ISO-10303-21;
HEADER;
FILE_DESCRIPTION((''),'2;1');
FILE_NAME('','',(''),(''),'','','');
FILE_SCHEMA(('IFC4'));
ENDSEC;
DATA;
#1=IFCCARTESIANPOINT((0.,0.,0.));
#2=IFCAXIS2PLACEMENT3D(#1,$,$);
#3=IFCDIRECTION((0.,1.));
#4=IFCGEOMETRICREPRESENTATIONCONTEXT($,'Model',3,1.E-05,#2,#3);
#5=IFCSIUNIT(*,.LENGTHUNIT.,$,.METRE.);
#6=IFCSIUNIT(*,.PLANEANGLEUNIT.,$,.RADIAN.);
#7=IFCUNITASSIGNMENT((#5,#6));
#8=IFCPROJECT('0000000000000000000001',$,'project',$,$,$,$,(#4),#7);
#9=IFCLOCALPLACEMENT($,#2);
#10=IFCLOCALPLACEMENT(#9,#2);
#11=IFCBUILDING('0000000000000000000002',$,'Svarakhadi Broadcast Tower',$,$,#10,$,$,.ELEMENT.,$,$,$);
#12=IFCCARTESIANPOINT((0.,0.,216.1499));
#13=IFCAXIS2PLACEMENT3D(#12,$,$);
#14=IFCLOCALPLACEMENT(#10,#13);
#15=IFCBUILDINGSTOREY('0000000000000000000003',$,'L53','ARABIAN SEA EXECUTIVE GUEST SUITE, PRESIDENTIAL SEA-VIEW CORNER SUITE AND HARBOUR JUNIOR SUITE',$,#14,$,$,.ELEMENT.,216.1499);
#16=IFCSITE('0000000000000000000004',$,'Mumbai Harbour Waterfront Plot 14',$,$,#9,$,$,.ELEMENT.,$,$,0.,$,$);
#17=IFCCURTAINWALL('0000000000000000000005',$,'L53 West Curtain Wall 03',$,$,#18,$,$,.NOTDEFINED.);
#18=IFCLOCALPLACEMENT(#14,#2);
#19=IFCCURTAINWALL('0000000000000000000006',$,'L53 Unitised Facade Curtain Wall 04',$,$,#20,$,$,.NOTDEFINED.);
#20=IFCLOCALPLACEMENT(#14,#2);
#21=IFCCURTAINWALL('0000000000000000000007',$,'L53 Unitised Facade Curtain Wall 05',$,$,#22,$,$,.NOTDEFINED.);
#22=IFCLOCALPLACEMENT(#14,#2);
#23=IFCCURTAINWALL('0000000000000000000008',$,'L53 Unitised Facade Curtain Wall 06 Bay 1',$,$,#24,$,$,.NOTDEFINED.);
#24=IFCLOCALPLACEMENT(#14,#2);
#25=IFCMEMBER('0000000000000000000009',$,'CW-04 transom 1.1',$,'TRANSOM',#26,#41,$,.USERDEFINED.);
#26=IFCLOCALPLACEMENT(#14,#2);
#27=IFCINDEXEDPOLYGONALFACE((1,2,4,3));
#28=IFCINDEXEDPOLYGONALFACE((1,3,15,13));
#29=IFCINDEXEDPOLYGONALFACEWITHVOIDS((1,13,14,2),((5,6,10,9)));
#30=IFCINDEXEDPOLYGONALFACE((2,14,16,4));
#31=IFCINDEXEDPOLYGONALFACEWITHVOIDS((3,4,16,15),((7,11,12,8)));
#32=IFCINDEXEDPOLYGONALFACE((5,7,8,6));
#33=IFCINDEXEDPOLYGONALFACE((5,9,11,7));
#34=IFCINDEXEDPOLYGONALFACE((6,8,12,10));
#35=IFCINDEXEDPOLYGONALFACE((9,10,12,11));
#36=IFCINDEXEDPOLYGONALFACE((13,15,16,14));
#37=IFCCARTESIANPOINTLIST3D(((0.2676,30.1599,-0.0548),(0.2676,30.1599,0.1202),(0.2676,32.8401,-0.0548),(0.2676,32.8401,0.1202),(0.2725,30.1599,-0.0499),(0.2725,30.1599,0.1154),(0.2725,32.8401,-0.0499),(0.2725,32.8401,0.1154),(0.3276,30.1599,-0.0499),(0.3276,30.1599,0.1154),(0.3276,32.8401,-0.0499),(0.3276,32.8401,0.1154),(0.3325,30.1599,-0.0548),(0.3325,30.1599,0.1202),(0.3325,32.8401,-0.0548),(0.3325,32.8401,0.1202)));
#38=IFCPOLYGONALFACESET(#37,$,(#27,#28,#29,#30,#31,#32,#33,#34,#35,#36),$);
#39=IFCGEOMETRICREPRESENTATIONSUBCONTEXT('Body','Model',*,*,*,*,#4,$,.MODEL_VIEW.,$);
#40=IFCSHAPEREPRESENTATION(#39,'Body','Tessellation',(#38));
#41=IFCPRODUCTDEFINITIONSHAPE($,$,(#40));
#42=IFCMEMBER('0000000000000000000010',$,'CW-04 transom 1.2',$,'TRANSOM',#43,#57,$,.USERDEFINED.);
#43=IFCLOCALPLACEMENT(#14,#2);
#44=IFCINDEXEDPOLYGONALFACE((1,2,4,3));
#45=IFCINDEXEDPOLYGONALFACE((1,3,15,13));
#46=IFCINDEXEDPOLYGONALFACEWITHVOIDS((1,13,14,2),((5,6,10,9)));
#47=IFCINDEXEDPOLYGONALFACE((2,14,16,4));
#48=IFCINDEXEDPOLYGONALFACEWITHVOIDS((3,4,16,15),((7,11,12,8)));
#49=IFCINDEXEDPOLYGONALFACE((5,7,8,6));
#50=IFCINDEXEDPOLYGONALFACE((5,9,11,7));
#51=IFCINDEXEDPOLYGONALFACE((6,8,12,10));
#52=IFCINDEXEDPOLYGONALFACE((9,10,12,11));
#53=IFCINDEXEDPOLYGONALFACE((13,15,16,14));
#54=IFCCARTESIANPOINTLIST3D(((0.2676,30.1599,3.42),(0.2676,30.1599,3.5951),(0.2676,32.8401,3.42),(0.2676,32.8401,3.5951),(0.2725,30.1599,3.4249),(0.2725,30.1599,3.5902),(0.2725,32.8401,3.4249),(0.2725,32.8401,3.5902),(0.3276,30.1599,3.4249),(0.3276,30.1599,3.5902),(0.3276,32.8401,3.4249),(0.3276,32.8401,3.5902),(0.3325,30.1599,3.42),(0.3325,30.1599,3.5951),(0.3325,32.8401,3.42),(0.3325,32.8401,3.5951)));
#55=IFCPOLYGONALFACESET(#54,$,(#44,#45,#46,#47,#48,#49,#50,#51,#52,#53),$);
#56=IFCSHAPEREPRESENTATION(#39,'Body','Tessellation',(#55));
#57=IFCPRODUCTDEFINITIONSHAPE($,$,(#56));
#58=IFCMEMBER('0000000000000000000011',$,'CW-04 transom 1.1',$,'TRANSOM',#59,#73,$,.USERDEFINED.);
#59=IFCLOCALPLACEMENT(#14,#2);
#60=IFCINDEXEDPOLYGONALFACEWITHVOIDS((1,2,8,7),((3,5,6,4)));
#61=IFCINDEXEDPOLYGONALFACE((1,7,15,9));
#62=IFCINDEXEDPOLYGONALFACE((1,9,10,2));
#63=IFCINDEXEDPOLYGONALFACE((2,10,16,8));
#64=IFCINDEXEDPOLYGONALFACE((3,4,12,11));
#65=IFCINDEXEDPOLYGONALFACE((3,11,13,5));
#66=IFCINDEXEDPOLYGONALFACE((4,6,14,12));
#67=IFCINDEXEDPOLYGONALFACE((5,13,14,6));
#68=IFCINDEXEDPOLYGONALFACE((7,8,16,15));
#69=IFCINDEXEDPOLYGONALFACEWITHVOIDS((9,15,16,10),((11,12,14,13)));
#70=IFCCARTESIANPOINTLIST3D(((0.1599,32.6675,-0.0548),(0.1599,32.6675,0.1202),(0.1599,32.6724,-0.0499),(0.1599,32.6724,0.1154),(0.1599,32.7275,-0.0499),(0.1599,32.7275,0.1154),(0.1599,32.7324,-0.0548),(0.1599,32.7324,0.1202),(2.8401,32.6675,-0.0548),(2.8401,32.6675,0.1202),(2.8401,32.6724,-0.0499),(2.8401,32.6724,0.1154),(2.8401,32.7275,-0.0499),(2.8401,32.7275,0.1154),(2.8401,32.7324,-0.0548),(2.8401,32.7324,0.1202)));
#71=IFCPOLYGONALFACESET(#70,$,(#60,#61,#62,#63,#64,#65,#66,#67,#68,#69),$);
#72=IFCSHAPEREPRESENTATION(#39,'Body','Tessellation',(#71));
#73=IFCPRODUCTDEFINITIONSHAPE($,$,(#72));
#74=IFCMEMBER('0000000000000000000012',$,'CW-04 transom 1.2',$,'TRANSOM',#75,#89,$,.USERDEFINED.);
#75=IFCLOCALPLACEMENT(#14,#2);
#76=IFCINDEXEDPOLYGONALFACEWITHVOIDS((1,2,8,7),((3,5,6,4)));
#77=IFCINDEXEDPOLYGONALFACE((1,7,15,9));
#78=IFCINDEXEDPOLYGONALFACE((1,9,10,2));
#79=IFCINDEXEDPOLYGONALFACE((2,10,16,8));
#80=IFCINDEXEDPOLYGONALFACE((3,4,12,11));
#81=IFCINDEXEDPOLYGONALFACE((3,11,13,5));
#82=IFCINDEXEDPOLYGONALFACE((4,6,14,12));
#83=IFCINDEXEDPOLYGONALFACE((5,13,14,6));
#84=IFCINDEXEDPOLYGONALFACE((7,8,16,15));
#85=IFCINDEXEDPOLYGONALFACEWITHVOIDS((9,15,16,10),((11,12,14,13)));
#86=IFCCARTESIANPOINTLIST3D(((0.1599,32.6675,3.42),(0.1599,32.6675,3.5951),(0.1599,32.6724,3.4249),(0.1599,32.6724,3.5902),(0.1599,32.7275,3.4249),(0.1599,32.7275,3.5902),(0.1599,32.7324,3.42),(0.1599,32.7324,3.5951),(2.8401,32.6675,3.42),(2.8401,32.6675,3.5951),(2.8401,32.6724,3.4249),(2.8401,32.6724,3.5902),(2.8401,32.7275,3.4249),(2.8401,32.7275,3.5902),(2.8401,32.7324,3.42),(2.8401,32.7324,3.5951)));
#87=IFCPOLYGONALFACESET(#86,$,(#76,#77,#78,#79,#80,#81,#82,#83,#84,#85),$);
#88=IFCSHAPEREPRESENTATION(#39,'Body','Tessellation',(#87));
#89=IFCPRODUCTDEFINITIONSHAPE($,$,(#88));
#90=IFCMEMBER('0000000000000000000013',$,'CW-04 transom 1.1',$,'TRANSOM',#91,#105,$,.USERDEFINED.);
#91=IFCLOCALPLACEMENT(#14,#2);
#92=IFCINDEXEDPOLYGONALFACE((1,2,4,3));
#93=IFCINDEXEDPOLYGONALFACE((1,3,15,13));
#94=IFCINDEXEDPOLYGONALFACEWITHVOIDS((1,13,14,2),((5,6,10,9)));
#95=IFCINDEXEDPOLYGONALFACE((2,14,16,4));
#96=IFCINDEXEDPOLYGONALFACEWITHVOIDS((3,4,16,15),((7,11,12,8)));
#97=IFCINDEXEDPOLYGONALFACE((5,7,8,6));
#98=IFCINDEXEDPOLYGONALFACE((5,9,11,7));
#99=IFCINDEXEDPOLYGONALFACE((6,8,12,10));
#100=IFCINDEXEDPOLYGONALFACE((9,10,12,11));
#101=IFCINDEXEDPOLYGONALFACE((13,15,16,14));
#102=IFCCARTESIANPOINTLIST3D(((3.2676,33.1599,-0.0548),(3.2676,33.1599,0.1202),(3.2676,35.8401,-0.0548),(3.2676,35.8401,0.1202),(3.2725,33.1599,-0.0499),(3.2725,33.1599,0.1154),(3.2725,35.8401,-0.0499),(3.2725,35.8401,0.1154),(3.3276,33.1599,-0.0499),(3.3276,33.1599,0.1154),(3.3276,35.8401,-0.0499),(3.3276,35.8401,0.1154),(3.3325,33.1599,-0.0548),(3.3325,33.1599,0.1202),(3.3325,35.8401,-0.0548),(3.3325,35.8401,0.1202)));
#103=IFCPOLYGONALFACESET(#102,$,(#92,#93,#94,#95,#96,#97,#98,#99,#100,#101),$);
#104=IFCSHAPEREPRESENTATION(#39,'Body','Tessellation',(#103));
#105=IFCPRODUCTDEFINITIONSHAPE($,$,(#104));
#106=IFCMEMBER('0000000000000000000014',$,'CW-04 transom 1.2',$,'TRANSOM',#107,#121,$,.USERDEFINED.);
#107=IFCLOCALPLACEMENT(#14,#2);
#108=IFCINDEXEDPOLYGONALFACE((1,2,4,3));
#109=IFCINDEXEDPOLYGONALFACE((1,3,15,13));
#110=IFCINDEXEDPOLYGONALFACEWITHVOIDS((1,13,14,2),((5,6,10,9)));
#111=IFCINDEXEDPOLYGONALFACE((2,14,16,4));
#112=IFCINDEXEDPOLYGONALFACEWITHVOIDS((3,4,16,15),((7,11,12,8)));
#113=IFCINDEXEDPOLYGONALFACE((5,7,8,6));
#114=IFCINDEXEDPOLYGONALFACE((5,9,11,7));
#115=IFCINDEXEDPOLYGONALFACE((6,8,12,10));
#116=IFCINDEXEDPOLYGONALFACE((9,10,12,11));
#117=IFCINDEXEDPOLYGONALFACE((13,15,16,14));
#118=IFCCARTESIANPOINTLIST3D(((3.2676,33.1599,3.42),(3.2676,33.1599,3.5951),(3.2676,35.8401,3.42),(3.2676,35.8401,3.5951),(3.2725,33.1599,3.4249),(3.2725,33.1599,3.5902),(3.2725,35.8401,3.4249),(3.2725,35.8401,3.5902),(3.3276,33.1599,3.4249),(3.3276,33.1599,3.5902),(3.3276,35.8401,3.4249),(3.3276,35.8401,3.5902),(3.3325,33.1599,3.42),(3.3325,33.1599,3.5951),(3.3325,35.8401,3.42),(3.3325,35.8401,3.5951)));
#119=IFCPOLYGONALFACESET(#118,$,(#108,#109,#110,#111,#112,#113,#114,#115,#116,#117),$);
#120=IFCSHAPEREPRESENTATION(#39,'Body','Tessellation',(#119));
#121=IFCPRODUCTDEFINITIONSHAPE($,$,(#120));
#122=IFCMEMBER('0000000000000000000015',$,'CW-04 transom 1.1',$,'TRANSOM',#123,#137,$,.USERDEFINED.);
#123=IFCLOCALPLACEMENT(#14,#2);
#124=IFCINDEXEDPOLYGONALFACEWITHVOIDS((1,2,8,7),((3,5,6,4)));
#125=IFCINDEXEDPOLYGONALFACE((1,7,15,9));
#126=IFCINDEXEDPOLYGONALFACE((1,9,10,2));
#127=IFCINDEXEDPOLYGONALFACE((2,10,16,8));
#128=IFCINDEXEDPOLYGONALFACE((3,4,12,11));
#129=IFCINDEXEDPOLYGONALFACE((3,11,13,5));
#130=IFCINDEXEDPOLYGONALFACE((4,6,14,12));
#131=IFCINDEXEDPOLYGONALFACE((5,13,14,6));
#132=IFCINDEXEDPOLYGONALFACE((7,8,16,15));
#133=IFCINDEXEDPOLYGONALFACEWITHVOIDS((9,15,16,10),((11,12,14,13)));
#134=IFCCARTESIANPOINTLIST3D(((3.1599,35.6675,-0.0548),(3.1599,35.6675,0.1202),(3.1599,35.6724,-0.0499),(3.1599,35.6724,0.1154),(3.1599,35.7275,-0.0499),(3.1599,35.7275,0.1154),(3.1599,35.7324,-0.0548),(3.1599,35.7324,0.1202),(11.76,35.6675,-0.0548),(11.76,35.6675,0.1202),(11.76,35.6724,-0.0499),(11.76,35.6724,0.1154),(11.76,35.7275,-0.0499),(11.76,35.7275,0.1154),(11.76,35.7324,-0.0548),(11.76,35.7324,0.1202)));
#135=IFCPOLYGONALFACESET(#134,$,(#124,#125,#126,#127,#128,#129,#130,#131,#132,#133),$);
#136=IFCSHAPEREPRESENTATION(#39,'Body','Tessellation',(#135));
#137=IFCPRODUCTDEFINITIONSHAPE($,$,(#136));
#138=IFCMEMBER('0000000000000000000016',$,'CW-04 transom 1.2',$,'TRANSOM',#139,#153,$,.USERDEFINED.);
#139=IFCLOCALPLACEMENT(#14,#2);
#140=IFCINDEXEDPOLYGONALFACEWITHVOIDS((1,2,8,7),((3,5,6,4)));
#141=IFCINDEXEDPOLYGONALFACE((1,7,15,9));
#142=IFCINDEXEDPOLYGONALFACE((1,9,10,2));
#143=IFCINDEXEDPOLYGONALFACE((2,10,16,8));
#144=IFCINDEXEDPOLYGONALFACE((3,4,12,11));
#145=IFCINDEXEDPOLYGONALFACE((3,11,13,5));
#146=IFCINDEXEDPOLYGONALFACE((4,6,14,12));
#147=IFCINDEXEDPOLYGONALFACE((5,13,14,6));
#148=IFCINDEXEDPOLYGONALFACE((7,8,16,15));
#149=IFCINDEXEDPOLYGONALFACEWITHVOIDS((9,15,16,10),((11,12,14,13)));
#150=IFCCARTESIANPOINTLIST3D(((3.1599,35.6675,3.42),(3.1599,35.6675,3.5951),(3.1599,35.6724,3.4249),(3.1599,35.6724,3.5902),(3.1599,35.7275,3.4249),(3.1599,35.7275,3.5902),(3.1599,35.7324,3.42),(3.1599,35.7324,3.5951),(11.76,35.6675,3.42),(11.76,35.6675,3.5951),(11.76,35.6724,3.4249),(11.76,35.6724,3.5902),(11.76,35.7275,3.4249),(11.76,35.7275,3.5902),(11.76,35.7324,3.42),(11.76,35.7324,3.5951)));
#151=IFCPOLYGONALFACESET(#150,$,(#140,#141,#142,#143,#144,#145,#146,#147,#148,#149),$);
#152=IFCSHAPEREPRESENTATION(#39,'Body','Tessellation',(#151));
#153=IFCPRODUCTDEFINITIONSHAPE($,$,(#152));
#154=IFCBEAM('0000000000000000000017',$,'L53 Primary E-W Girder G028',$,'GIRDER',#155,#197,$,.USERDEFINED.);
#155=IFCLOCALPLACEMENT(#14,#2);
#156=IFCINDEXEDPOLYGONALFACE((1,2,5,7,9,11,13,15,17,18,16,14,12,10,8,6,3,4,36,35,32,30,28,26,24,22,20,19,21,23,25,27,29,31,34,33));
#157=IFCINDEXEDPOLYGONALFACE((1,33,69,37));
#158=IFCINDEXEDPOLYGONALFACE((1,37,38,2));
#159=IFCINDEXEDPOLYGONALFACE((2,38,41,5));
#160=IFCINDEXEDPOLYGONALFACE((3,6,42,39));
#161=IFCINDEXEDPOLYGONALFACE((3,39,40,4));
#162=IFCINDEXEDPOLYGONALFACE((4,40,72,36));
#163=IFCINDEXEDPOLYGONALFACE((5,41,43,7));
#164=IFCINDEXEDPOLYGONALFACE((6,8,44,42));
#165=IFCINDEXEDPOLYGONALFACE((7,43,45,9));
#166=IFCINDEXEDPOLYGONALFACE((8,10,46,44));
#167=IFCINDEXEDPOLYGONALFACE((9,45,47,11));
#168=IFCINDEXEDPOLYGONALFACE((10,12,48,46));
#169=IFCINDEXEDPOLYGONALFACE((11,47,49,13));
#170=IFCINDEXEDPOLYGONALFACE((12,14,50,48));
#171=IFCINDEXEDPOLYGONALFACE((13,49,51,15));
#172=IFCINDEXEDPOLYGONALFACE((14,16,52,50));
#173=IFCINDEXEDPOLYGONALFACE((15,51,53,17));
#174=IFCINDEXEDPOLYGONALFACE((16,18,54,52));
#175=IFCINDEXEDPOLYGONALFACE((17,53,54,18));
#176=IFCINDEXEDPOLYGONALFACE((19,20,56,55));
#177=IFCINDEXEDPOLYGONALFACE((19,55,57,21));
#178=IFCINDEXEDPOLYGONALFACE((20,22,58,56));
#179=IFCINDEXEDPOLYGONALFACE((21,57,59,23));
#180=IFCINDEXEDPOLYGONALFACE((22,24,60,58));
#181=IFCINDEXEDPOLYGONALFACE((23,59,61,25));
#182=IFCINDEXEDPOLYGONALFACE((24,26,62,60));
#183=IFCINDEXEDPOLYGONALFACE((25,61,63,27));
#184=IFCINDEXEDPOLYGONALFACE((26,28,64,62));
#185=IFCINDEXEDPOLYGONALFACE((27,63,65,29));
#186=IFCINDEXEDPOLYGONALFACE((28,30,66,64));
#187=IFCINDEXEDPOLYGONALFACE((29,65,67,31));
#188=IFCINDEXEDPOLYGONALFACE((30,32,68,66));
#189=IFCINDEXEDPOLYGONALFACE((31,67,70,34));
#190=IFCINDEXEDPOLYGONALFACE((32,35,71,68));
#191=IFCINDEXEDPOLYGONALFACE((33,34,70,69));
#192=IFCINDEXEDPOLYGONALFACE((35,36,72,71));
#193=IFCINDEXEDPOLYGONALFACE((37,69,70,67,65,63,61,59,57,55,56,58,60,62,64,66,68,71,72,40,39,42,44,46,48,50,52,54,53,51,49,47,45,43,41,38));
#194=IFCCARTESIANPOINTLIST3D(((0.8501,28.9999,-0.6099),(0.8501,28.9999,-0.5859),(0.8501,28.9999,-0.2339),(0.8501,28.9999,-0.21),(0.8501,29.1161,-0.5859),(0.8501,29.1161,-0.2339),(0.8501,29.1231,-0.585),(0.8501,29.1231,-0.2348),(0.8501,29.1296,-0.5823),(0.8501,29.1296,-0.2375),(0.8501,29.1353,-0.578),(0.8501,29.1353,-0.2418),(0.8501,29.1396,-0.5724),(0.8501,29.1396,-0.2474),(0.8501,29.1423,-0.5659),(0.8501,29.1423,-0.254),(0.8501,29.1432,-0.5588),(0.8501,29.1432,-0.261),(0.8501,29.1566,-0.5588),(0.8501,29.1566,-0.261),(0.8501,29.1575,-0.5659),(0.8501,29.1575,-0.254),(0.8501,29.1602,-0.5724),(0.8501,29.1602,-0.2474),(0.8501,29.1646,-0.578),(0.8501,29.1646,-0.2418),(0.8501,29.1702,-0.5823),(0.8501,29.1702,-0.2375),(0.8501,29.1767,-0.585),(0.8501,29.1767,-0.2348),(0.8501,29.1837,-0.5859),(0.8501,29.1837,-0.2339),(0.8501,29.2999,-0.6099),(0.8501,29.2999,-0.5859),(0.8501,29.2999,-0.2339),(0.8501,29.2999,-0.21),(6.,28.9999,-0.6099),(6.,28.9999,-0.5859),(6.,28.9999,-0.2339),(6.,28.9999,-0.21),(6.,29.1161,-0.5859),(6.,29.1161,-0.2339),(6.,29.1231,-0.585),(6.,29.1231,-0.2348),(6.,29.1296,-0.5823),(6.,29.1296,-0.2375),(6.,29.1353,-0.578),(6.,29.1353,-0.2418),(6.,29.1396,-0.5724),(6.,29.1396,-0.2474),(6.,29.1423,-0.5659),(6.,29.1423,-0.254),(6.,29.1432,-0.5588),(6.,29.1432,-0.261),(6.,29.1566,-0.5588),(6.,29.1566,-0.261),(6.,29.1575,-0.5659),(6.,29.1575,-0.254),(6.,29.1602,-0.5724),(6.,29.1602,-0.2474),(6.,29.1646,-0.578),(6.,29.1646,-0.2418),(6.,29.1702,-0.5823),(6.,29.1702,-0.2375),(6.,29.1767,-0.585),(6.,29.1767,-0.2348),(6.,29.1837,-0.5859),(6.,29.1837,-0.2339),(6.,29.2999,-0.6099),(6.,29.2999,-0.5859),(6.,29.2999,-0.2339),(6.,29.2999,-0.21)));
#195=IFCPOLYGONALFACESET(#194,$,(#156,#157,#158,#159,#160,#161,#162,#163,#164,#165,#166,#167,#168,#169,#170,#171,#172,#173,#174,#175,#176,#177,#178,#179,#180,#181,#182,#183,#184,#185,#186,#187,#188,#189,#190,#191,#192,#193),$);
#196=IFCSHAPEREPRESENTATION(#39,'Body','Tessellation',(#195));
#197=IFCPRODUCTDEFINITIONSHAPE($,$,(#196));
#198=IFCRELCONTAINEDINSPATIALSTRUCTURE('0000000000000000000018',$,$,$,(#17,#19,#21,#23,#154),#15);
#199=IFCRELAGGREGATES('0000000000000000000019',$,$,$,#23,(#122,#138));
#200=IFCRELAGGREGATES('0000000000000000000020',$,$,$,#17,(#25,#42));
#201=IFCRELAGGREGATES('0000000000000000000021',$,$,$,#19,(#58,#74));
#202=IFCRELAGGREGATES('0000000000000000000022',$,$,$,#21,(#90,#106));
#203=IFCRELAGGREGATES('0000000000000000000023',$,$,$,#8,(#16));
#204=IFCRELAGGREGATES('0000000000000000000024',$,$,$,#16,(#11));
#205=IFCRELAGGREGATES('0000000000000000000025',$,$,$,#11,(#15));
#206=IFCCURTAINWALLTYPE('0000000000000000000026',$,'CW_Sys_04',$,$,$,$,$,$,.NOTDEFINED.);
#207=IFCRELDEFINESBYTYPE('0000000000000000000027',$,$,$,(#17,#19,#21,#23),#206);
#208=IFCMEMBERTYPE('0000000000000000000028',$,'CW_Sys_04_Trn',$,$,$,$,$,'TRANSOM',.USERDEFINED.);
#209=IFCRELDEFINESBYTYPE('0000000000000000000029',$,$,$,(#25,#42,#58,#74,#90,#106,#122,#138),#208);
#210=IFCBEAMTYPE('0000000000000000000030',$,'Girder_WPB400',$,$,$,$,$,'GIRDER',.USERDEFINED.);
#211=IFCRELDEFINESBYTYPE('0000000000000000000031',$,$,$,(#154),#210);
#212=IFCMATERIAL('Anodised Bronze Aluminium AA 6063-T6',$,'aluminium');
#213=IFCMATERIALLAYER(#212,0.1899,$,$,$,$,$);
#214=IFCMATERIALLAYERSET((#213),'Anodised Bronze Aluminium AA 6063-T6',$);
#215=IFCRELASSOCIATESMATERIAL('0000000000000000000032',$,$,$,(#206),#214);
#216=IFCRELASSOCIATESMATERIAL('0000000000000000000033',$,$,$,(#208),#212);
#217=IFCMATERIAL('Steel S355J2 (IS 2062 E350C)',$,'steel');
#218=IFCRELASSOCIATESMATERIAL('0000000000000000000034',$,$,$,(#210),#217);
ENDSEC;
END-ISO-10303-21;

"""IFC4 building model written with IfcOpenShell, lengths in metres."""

from ifc_helpers import new_model, si_unit, direction, frame, origin, origin_2d, place, context, subcontext, project, spatial, hollow_rectangle, i_section, extrude, material, layer, layer_set, material_profile, profile_set, type_object, element, aggregate, save


model = new_model("IFC4")

# Units and contexts
model_context = context("Model", 3, precision=1e-05, world=origin(), true_north=direction((0.0, 1.0)))
body_context = subcontext(model_context, "Body", "Model", "MODEL_VIEW")
ifc_project = project(units=[si_unit("LENGTHUNIT", "METRE"), si_unit("PLANEANGLEUNIT", "RADIAN")], contexts=[model_context])

# Site, building, storey
site_placement = place(None, origin())
site = spatial("IfcSite", under=ifc_project, at=site_placement, Name="Mumbai Harbour Waterfront Plot 14", CompositionType="ELEMENT", RefElevation=0.0)
building_placement = place(site_placement, origin())
building = spatial("IfcBuilding", under=site, at=building_placement, Name="Svarakhadi Broadcast Tower", CompositionType="ELEMENT")
storey_placement = place(building_placement, frame((0.0, 0.0, 216.1499)))
storey = spatial("IfcBuildingStorey", under=building, at=storey_placement, Name="L53", Description="ARABIAN SEA EXECUTIVE GUEST SUITE, PRESIDENTIAL SEA-VIEW CORNER SUITE AND HARBOUR JUNIOR SUITE", CompositionType="ELEMENT", Elevation=216.1499)

# Curtain walls
ifc_material_1 = material(Name="Anodised Bronze Aluminium AA 6063-T6", Category="aluminium")
ifc_layer_1 = layer(ifc_material_1, 0.1899)
ifc_layer_set_1 = layer_set([ifc_layer_1], Name="Anodised Bronze Aluminium AA 6063-T6")
curtain_wall_type = type_object("IfcCurtainWallType", Name="CW_Sys_04", PredefinedType="NOTDEFINED", material=ifc_layer_set_1)
curtain_wall_1_placement = place(storey_placement, origin())
curtain_wall_1 = element("IfcCurtainWall", 1, at=curtain_wall_1_placement, inside=storey, type_object=curtain_wall_type, Name="L53 West Curtain Wall 03", PredefinedType="NOTDEFINED")
curtain_wall_2_placement = place(storey_placement, origin())
curtain_wall_2 = element("IfcCurtainWall", 2, at=curtain_wall_2_placement, inside=storey, type_object=curtain_wall_type, Name="L53 Unitised Facade Curtain Wall 04", PredefinedType="NOTDEFINED")
curtain_wall_3_placement = place(storey_placement, origin())
curtain_wall_3 = element("IfcCurtainWall", 3, at=curtain_wall_3_placement, inside=storey, type_object=curtain_wall_type, Name="L53 Unitised Facade Curtain Wall 05", PredefinedType="NOTDEFINED")

# Curtain wall
curtain_wall_4_placement = place(storey_placement, origin())
curtain_wall_4 = element("IfcCurtainWall", 4, at=curtain_wall_4_placement, inside=storey, type_object=curtain_wall_type, Name="L53 Unitised Facade Curtain Wall 06 Bay 1", PredefinedType="NOTDEFINED")

# Members
ifc_material_profile_1 = material_profile(ifc_material_1, hollow_rectangle(XDim=0.0649, YDim=0.175, WallThickness=0.0049, at=origin_2d()), Name="ALU TRANSOM 175x65x5")
ifc_profile_set_1 = profile_set([ifc_material_profile_1], Name="Anodised Bronze Aluminium AA 6063-T6")
member_type_1 = type_object("IfcMemberType", Name="CW_Sys_04_Trn", ElementType="TRANSOM", PredefinedType="USERDEFINED", material=ifc_profile_set_1)
member_1_placement = place(storey_placement, frame((0.3, 30.1599, 0.0327), z_axis=(0.0, 1.0, 0.0), x_axis=(-1.0, 0.0, 0.0)))
member_1 = element("IfcMember", 5, at=member_1_placement, type_object=member_type_1, Name="CW-04 transom 1.1", ObjectType="TRANSOM", PredefinedType="USERDEFINED", context=body_context, shape_type="SweptSolid", body=[
    extrude(hollow_rectangle(XDim=0.0649, YDim=0.175, WallThickness=0.0049, at=origin_2d()), origin(), (0.0, 0.0, 1.0), 2.6802),
])
member_2_placement = place(storey_placement, frame((0.3, 30.1599, 3.5076), z_axis=(0.0, 1.0, 0.0), x_axis=(-1.0, 0.0, 0.0)))
member_2 = element("IfcMember", 6, at=member_2_placement, type_object=member_type_1, Name="CW-04 transom 1.2", ObjectType="TRANSOM", PredefinedType="USERDEFINED", context=body_context, shape_type="SweptSolid", body=[
    extrude(hollow_rectangle(XDim=0.0649, YDim=0.175, WallThickness=0.0049, at=origin_2d()), origin(), (0.0, 0.0, 1.0), 2.6802),
])
member_3_placement = place(storey_placement, frame((0.1599, 32.7, 0.0327), z_axis=(1.0, 0.0, 0.0), x_axis=(0.0, 1.0, 0.0)))
member_3 = element("IfcMember", 7, at=member_3_placement, type_object=member_type_1, Name="CW-04 transom 1.1", ObjectType="TRANSOM", PredefinedType="USERDEFINED", context=body_context, shape_type="SweptSolid", body=[
    extrude(hollow_rectangle(XDim=0.0649, YDim=0.175, WallThickness=0.0049, at=origin_2d()), origin(), (0.0, 0.0, 1.0), 2.6802),
])
member_4_placement = place(storey_placement, frame((0.1599, 32.7, 3.5076), z_axis=(1.0, 0.0, 0.0), x_axis=(0.0, 1.0, 0.0)))
member_4 = element("IfcMember", 8, at=member_4_placement, type_object=member_type_1, Name="CW-04 transom 1.2", ObjectType="TRANSOM", PredefinedType="USERDEFINED", context=body_context, shape_type="SweptSolid", body=[
    extrude(hollow_rectangle(XDim=0.0649, YDim=0.175, WallThickness=0.0049, at=origin_2d()), origin(), (0.0, 0.0, 1.0), 2.6802),
])
member_5_placement = place(storey_placement, frame((3.3, 33.1599, 0.0327), z_axis=(0.0, 1.0, 0.0), x_axis=(-1.0, 0.0, 0.0)))
member_5 = element("IfcMember", 9, at=member_5_placement, type_object=member_type_1, Name="CW-04 transom 1.1", ObjectType="TRANSOM", PredefinedType="USERDEFINED", context=body_context, shape_type="SweptSolid", body=[
    extrude(hollow_rectangle(XDim=0.0649, YDim=0.175, WallThickness=0.0049, at=origin_2d()), origin(), (0.0, 0.0, 1.0), 2.6802),
])
member_6_placement = place(storey_placement, frame((3.3, 33.1599, 3.5076), z_axis=(0.0, 1.0, 0.0), x_axis=(-1.0, 0.0, 0.0)))
member_6 = element("IfcMember", 10, at=member_6_placement, type_object=member_type_1, Name="CW-04 transom 1.2", ObjectType="TRANSOM", PredefinedType="USERDEFINED", context=body_context, shape_type="SweptSolid", body=[
    extrude(hollow_rectangle(XDim=0.0649, YDim=0.175, WallThickness=0.0049, at=origin_2d()), origin(), (0.0, 0.0, 1.0), 2.6802),
])
member_7_placement = place(storey_placement, frame((3.1599, 35.7, 0.0327), z_axis=(1.0, 0.0, 0.0), x_axis=(0.0, 1.0, 0.0)))
member_7 = element("IfcMember", 11, at=member_7_placement, type_object=member_type_1, Name="CW-04 transom 1.1", ObjectType="TRANSOM", PredefinedType="USERDEFINED", context=body_context, shape_type="SweptSolid", body=[
    extrude(hollow_rectangle(XDim=0.0649, YDim=0.175, WallThickness=0.0049, at=origin_2d()), origin(), (0.0, 0.0, 1.0), 8.6001),
])
member_8_placement = place(storey_placement, frame((3.1599, 35.7, 3.5076), z_axis=(1.0, 0.0, 0.0), x_axis=(0.0, 1.0, 0.0)))
member_8 = element("IfcMember", 12, at=member_8_placement, type_object=member_type_1, Name="CW-04 transom 1.2", ObjectType="TRANSOM", PredefinedType="USERDEFINED", context=body_context, shape_type="SweptSolid", body=[
    extrude(hollow_rectangle(XDim=0.0649, YDim=0.175, WallThickness=0.0049, at=origin_2d()), origin(), (0.0, 0.0, 1.0), 8.6001),
])
aggregate(curtain_wall_4, [member_7, member_8])

# Beam
ifc_material_2 = material(Name="Steel S355J2 (IS 2062 E350C)", Category="steel")
ifc_material_profile_2 = material_profile(ifc_material_2, i_section(OverallWidth=0.3, OverallDepth=0.3999, WebThickness=0.0134, FlangeThickness=0.0239, FilletRadius=0.0271, at=origin_2d()), Name="WPB 400x300x155")
ifc_profile_set_2 = profile_set([ifc_material_profile_2], Name="Steel S355J2 (IS 2062 E350C)")
beam_type_1 = type_object("IfcBeamType", Name="Girder_WPB400", ElementType="GIRDER", PredefinedType="USERDEFINED", material=ifc_profile_set_2)
beam_1_placement = place(storey_placement, frame((0.8501, 29.1499, -0.4099), z_axis=(1.0, 0.0, 0.0), x_axis=(0.0, 1.0, 0.0)))
element("IfcBeam", 13, at=beam_1_placement, inside=storey, type_object=beam_type_1, Name="L53 Primary E-W Girder G028", ObjectType="GIRDER", PredefinedType="USERDEFINED", context=body_context, shape_type="SweptSolid", body=[
    extrude(i_section(OverallWidth=0.3, OverallDepth=0.3999, WebThickness=0.0134, FlangeThickness=0.0239, FilletRadius=0.0271, at=origin_2d()), origin(), (0.0, 0.0, 1.0), 5.1499),
])

aggregate(curtain_wall_1, [member_1, member_2])
aggregate(curtain_wall_2, [member_3, member_4])
aggregate(curtain_wall_3, [member_5, member_6])

save(model, "model.ifc")
